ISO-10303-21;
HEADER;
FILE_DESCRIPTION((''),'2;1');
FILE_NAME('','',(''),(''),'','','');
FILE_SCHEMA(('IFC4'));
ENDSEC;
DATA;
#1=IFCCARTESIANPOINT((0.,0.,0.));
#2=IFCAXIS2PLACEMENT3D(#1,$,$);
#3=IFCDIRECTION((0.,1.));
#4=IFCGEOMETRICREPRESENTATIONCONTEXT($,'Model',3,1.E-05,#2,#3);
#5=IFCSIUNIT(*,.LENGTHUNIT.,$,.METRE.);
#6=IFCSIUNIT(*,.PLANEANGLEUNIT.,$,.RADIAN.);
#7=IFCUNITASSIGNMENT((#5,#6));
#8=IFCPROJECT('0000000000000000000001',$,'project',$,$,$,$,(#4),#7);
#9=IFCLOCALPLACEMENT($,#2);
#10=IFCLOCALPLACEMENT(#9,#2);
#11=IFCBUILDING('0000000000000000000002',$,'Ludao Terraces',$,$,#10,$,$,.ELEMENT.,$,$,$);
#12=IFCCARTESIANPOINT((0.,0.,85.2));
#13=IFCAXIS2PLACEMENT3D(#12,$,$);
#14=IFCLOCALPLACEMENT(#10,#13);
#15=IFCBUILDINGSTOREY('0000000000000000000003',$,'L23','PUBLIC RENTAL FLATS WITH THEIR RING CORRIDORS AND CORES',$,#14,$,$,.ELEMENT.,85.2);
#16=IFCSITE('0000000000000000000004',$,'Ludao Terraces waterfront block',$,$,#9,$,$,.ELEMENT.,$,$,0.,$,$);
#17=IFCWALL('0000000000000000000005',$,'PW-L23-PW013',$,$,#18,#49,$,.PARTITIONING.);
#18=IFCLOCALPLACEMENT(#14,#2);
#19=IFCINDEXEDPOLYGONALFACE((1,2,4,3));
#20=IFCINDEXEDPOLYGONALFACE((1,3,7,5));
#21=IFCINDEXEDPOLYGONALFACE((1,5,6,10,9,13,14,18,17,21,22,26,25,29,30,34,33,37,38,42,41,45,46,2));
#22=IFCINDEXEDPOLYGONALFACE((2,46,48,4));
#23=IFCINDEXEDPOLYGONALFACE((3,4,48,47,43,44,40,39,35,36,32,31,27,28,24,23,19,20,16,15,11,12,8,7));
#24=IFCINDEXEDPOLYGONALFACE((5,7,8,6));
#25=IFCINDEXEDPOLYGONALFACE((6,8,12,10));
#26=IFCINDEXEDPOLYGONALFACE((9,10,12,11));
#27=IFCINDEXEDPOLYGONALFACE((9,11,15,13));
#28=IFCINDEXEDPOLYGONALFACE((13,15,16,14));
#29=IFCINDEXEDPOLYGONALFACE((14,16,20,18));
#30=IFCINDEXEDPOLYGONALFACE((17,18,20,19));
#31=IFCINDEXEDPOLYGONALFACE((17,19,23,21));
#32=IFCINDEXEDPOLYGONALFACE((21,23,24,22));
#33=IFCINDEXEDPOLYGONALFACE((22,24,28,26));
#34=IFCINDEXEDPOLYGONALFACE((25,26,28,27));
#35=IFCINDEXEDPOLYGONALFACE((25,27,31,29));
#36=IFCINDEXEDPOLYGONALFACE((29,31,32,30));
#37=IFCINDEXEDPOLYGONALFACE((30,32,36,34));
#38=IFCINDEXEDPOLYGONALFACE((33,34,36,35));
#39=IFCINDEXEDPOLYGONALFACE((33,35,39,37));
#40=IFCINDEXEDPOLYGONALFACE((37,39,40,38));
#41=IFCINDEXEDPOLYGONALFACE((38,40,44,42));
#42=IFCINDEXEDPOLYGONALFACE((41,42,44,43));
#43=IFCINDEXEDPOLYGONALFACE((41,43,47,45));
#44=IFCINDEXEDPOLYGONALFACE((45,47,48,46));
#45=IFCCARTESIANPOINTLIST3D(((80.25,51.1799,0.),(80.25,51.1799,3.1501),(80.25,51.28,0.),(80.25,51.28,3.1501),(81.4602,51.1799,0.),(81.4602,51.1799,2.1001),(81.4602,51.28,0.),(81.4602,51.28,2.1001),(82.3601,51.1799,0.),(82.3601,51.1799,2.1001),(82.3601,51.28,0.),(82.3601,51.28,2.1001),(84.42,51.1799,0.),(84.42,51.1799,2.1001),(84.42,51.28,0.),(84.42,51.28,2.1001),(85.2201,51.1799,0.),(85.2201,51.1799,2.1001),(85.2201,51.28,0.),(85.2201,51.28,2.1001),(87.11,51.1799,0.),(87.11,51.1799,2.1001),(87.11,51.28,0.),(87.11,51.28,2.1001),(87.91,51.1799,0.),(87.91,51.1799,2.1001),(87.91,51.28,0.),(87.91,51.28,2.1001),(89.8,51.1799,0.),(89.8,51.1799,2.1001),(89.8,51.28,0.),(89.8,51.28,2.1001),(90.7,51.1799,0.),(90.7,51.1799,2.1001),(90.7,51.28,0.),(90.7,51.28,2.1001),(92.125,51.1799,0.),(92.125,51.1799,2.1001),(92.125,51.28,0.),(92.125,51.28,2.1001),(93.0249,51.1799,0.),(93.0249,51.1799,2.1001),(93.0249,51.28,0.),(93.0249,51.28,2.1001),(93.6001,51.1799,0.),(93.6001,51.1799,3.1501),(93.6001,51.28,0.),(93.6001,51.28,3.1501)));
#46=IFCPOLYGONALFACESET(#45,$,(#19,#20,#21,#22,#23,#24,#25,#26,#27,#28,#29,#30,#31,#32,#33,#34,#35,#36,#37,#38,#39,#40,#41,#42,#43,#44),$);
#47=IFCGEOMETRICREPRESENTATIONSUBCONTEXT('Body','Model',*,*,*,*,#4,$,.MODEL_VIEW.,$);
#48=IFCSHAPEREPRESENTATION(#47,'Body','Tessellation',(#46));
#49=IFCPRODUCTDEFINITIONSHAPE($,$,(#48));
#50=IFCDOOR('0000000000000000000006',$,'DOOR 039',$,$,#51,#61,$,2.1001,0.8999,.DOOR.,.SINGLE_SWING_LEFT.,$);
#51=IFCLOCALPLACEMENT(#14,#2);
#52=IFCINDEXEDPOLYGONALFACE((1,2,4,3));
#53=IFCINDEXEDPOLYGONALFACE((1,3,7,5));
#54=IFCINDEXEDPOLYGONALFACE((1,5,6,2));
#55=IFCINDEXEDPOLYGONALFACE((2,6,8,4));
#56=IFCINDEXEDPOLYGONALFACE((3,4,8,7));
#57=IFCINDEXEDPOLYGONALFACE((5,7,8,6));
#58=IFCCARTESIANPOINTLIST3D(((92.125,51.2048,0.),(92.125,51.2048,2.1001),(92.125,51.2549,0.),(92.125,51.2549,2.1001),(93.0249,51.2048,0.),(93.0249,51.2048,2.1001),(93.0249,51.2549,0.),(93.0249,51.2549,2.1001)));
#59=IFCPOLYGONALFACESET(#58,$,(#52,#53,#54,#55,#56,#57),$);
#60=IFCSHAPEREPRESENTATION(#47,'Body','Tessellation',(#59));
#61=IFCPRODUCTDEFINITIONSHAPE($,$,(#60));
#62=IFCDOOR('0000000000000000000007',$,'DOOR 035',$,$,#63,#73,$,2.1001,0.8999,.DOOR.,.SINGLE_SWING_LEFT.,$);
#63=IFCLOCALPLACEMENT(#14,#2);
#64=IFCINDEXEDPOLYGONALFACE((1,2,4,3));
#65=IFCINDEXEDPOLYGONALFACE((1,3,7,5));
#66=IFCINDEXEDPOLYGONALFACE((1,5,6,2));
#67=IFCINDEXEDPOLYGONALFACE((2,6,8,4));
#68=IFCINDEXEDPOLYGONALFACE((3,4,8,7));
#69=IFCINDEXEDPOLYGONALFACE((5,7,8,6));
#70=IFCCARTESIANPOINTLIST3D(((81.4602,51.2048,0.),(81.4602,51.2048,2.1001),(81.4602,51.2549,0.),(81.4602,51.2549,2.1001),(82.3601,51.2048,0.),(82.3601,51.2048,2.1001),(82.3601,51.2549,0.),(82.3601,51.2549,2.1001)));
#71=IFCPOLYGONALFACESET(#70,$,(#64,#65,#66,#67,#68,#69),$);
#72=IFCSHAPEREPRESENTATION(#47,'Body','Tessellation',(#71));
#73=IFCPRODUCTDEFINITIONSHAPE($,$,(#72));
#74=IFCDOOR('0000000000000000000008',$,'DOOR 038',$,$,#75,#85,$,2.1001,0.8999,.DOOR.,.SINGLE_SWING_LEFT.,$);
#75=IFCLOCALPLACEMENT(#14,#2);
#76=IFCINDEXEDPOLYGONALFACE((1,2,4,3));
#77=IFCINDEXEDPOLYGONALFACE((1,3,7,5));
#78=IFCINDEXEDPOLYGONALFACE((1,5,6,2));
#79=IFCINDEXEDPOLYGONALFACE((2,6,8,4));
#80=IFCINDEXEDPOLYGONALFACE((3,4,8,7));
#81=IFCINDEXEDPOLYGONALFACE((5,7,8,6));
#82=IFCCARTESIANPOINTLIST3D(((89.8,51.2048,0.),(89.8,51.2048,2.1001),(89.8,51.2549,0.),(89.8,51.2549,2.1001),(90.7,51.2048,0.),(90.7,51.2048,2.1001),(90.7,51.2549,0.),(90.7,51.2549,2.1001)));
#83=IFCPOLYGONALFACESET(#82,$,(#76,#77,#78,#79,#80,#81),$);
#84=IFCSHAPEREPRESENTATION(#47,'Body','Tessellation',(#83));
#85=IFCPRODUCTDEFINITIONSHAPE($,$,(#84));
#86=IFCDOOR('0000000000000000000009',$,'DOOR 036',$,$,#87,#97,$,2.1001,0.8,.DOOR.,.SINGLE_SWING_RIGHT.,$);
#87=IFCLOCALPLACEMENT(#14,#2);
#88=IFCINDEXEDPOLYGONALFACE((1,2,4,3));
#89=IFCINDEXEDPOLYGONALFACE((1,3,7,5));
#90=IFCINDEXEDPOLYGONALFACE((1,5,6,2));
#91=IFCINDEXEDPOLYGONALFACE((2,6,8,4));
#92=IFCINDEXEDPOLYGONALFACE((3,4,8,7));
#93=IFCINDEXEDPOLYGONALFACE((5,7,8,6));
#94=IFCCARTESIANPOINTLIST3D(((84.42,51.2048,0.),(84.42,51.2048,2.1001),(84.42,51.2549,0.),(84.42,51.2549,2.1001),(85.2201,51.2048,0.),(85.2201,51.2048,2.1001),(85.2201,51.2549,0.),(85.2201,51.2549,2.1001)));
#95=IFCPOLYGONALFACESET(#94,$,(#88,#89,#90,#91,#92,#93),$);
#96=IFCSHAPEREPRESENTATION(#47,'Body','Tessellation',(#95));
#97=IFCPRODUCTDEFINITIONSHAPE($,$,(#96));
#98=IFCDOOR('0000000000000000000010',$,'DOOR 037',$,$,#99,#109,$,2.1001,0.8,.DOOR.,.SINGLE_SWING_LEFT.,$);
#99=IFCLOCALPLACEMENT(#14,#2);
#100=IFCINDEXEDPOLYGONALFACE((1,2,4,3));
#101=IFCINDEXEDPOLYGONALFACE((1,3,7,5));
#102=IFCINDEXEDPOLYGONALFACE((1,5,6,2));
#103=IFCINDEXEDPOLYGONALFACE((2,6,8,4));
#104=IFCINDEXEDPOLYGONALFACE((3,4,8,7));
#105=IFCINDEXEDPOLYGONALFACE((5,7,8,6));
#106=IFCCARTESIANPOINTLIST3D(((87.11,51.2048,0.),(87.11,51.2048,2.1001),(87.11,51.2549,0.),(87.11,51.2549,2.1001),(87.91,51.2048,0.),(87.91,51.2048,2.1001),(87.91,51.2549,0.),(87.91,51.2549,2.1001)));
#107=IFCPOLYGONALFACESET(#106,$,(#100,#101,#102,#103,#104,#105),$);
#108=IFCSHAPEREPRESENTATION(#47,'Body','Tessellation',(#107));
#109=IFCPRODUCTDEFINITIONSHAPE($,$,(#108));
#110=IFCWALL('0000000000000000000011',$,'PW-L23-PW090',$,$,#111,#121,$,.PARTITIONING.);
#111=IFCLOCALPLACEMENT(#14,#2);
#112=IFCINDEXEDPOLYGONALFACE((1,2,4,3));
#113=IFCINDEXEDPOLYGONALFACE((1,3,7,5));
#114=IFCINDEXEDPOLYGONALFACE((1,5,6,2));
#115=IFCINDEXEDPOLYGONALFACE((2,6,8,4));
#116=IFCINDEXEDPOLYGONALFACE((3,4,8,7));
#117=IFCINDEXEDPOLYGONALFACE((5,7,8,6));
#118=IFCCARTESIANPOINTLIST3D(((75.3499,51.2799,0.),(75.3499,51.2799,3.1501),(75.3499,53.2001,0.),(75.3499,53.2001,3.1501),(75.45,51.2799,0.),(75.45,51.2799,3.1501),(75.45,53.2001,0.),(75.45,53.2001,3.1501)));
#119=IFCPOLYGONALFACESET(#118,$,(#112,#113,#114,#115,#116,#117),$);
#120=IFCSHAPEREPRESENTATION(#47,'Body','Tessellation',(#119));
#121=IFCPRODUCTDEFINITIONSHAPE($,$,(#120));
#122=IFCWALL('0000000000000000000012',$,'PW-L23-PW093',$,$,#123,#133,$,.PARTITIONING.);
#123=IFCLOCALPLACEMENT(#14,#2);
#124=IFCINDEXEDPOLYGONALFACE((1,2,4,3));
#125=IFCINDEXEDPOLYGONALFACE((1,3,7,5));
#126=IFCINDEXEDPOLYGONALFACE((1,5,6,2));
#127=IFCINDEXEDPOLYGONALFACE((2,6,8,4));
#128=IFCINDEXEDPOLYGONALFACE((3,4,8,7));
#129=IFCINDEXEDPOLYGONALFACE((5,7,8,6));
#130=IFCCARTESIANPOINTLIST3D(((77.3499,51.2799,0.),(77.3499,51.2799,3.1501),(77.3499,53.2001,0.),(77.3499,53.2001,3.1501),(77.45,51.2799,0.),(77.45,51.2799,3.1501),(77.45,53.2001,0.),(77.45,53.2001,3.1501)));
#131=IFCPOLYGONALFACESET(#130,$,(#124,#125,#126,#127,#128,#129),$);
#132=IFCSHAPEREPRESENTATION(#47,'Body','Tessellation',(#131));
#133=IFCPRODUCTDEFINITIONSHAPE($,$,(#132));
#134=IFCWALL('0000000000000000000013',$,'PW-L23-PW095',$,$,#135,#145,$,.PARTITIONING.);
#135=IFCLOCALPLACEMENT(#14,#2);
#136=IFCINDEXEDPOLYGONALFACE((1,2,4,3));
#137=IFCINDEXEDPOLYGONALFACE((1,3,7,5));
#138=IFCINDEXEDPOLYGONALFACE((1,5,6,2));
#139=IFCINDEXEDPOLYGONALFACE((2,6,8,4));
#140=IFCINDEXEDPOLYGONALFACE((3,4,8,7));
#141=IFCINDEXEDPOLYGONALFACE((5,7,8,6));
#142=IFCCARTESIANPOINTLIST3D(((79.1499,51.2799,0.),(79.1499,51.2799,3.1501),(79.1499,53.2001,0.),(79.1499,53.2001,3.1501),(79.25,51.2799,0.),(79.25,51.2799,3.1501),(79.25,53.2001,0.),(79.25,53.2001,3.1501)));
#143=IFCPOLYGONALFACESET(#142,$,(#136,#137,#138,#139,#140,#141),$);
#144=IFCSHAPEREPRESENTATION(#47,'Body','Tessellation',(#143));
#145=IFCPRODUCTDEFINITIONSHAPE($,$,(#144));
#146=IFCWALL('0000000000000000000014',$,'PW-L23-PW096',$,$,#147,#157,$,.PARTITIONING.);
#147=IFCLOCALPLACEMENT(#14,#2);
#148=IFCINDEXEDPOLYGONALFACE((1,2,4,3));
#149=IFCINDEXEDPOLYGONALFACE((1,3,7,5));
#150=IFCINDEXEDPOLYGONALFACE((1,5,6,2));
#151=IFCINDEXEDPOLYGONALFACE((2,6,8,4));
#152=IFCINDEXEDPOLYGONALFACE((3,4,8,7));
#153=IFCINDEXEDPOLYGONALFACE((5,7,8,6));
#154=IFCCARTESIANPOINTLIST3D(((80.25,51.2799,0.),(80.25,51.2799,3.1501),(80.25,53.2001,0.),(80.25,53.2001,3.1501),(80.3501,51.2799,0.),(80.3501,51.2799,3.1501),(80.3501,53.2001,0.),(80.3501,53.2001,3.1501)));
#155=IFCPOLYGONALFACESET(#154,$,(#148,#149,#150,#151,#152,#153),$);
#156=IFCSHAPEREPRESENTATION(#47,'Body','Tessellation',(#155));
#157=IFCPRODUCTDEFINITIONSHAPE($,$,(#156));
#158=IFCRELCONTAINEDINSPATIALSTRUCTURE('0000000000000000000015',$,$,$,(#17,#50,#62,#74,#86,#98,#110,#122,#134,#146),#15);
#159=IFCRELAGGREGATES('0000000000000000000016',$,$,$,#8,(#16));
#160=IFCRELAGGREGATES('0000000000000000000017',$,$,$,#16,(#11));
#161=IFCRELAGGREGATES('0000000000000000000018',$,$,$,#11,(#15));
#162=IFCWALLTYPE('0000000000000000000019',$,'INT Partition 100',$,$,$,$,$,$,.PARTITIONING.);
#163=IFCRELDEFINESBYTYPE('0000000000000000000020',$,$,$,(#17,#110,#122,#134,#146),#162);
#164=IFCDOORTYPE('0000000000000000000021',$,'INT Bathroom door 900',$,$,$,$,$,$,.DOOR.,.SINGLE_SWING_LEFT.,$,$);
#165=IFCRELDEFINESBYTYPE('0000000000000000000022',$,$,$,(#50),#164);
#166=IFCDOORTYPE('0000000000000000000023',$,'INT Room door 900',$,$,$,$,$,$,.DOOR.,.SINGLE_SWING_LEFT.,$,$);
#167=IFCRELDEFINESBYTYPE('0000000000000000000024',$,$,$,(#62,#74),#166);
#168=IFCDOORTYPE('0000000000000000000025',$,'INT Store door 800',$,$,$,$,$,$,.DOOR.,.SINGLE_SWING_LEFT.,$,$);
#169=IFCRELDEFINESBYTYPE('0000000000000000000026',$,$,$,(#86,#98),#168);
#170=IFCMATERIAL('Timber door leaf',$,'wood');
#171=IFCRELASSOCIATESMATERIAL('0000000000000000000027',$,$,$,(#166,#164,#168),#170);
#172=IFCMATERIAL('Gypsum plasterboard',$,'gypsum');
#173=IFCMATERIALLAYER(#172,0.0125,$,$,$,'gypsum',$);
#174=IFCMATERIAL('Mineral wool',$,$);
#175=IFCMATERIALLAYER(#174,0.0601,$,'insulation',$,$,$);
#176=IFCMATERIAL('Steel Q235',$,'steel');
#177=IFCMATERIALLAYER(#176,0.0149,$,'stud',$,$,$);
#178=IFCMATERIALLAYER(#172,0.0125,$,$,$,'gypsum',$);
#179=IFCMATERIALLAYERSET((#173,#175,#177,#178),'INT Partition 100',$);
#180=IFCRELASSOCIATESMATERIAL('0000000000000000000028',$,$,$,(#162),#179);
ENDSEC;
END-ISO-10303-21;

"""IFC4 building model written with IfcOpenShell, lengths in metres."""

from ifc_helpers import new_model, si_unit, direction, frame, frame_2d, origin, place, context, subcontext, project, spatial, rectangle, extrude, material, layer, layer_set, type_object, element, fill, save


model = new_model("IFC4")

# Units and contexts
model_context = context("Model", 3, precision=1e-05, world=origin(), true_north=direction((0.0, 1.0)))
body_context = subcontext(model_context, "Body", "Model", "MODEL_VIEW")
ifc_project = project(units=[si_unit("LENGTHUNIT", "METRE"), si_unit("PLANEANGLEUNIT", "RADIAN")], contexts=[model_context])

# Site, building, storey
site_placement = place(None, origin())
site = spatial("IfcSite", under=ifc_project, at=site_placement, Name="Ludao Terraces waterfront block", CompositionType="ELEMENT", RefElevation=0.0)
building_placement = place(site_placement, origin())
building = spatial("IfcBuilding", under=site, at=building_placement, Name="Ludao Terraces", CompositionType="ELEMENT")
storey_placement = place(building_placement, frame((0.0, 0.0, 85.2)))
storey = spatial("IfcBuildingStorey", under=building, at=storey_placement, Name="L23", Description="PUBLIC RENTAL FLATS WITH THEIR RING CORRIDORS AND CORES", CompositionType="ELEMENT", Elevation=85.2)

# Shared definitions
ifc_material_1 = material(Name="Steel Q235", Category="steel")
ifc_material_2 = material(Name="Timber door leaf", Category="wood")
door_type_1 = type_object("IfcDoorType", Name="INT Room door 900", OperationType="SINGLE_SWING_LEFT", PredefinedType="DOOR", material=ifc_material_2)

# Wall, openings, doors
ifc_material_3 = material(Name="Gypsum plasterboard", Category="gypsum")
ifc_layer_1 = layer(ifc_material_3, 0.0125, Category="gypsum")
ifc_material_4 = material(Name="Mineral wool")
ifc_layer_2 = layer(ifc_material_4, 0.0601, Name="insulation")
ifc_layer_3 = layer(ifc_material_1, 0.0149, Name="stud")
ifc_layer_4 = layer(ifc_material_3, 0.0125, Category="gypsum")
ifc_layer_set_1 = layer_set([ifc_layer_1, ifc_layer_2, ifc_layer_3, ifc_layer_4], Name="INT Partition 100")
wall_type_1 = type_object("IfcWallType", Name="INT Partition 100", PredefinedType="PARTITIONING", material=ifc_layer_set_1)
wall_1_placement = place(storey_placement, frame((80.25, 51.23, 0.0), z_axis=(0.0, 0.0, 1.0), x_axis=(1.0, 0.0, 0.0)))
wall_1 = element("IfcWall", 1, at=wall_1_placement, inside=storey, type_object=wall_type_1, Name="PW-L23-PW013", PredefinedType="PARTITIONING", context=body_context, shape_type="SweptSolid", body=[
    extrude(rectangle(XDim=13.3501, YDim=0.1001, at=frame_2d((6.675, 0.0))), origin(), (0.0, 0.0, 1.0), 3.1501),
])
opening_1_placement = place(wall_1_placement, frame((1.2102, 0.0, 0.0)))
opening_1 = element("IfcOpeningElement", 2, at=opening_1_placement, cuts=wall_1, PredefinedType="OPENING", context=body_context, shape_type="SweptSolid", body=[
    extrude(rectangle(XDim=0.8999, YDim=2.1001, at=frame_2d((0.45, 1.05))), frame((0.0, 0.0601, 0.0), z_axis=(0.0, -1.0, 0.0), x_axis=(1.0, 0.0, 0.0)), (0.0, 0.0, 1.0), 0.1201),
])
opening_2_placement = place(wall_1_placement, frame((4.1702, 0.0, 0.0)))
opening_2 = element("IfcOpeningElement", 3, at=opening_2_placement, cuts=wall_1, PredefinedType="OPENING", context=body_context, shape_type="SweptSolid", body=[
    extrude(rectangle(XDim=0.8, YDim=2.1001, at=frame_2d((0.3999, 1.05))), frame((0.0, 0.0601, 0.0), z_axis=(0.0, -1.0, 0.0), x_axis=(1.0, 0.0, 0.0)), (0.0, 0.0, 1.0), 0.1201),
])
opening_3_placement = place(wall_1_placement, frame((6.8601, 0.0, 0.0)))
opening_3 = element("IfcOpeningElement", 4, at=opening_3_placement, cuts=wall_1, PredefinedType="OPENING", context=body_context, shape_type="SweptSolid", body=[
    extrude(rectangle(XDim=0.8, YDim=2.1001, at=frame_2d((0.3999, 1.05))), frame((0.0, 0.0601, 0.0), z_axis=(0.0, -1.0, 0.0), x_axis=(1.0, 0.0, 0.0)), (0.0, 0.0, 1.0), 0.1201),
])
opening_4_placement = place(wall_1_placement, frame((9.55, 0.0, 0.0)))
opening_4 = element("IfcOpeningElement", 5, at=opening_4_placement, cuts=wall_1, PredefinedType="OPENING", context=body_context, shape_type="SweptSolid", body=[
    extrude(rectangle(XDim=0.8999, YDim=2.1001, at=frame_2d((0.45, 1.05))), frame((0.0, 0.0601, 0.0), z_axis=(0.0, -1.0, 0.0), x_axis=(1.0, 0.0, 0.0)), (0.0, 0.0, 1.0), 0.1201),
])
opening_5_placement = place(wall_1_placement, frame((11.875, 0.0, 0.0)))
opening_5 = element("IfcOpeningElement", 6, at=opening_5_placement, cuts=wall_1, PredefinedType="OPENING", context=body_context, shape_type="SweptSolid", body=[
    extrude(rectangle(XDim=0.8999, YDim=2.1001, at=frame_2d((0.45, 1.05))), frame((0.0, 0.0601, 0.0), z_axis=(0.0, -1.0, 0.0), x_axis=(1.0, 0.0, 0.0)), (0.0, 0.0, 1.0), 0.1201),
])
door_type_2 = type_object("IfcDoorType", Name="INT Bathroom door 900", OperationType="SINGLE_SWING_LEFT", PredefinedType="DOOR", material=ifc_material_2)
door_1_placement = place(opening_5_placement, origin())
door_1 = element("IfcDoor", 7, at=door_1_placement, inside=storey, type_object=door_type_2, Name="DOOR 039", OperationType="SINGLE_SWING_LEFT", OverallHeight=2.1001, OverallWidth=0.8999, PredefinedType="DOOR", context=body_context, shape_type="SweptSolid", body=[
    extrude(rectangle(XDim=0.8999, YDim=2.1001, at=frame_2d((0.45, 1.05))), frame((0.0, 0.0249, 0.0), z_axis=(0.0, -1.0, 0.0), x_axis=(1.0, 0.0, 0.0)), (0.0, 0.0, 1.0), 0.05),
])
fill(opening_5, door_1)
door_2_placement = place(opening_1_placement, origin())
door_2 = element("IfcDoor", 8, at=door_2_placement, inside=storey, type_object=door_type_1, Name="DOOR 035", OperationType="SINGLE_SWING_LEFT", OverallHeight=2.1001, OverallWidth=0.8999, PredefinedType="DOOR", context=body_context, shape_type="SweptSolid", body=[
    extrude(rectangle(XDim=0.8999, YDim=2.1001, at=frame_2d((0.45, 1.05))), frame((0.0, 0.0249, 0.0), z_axis=(0.0, -1.0, 0.0), x_axis=(1.0, 0.0, 0.0)), (0.0, 0.0, 1.0), 0.05),
])
fill(opening_1, door_2)
door_3_placement = place(opening_4_placement, origin())
door_3 = element("IfcDoor", 9, at=door_3_placement, inside=storey, type_object=door_type_1, Name="DOOR 038", OperationType="SINGLE_SWING_LEFT", OverallHeight=2.1001, OverallWidth=0.8999, PredefinedType="DOOR", context=body_context, shape_type="SweptSolid", body=[
    extrude(rectangle(XDim=0.8999, YDim=2.1001, at=frame_2d((0.45, 1.05))), frame((0.0, 0.0249, 0.0), z_axis=(0.0, -1.0, 0.0), x_axis=(1.0, 0.0, 0.0)), (0.0, 0.0, 1.0), 0.05),
])
fill(opening_4, door_3)
door_type_3 = type_object("IfcDoorType", Name="INT Store door 800", OperationType="SINGLE_SWING_LEFT", PredefinedType="DOOR", material=ifc_material_2)
door_4_placement = place(opening_2_placement, origin())
door_4 = element("IfcDoor", 10, at=door_4_placement, inside=storey, type_object=door_type_3, Name="DOOR 036", OperationType="SINGLE_SWING_RIGHT", OverallHeight=2.1001, OverallWidth=0.8, PredefinedType="DOOR", context=body_context, shape_type="SweptSolid", body=[
    extrude(rectangle(XDim=0.8, YDim=2.1001, at=frame_2d((0.3999, 1.05))), frame((0.0, 0.0249, 0.0), z_axis=(0.0, -1.0, 0.0), x_axis=(1.0, 0.0, 0.0)), (0.0, 0.0, 1.0), 0.05),
])
fill(opening_2, door_4)
door_5_placement = place(opening_3_placement, origin())
door_5 = element("IfcDoor", 11, at=door_5_placement, inside=storey, type_object=door_type_3, Name="DOOR 037", OperationType="SINGLE_SWING_LEFT", OverallHeight=2.1001, OverallWidth=0.8, PredefinedType="DOOR", context=body_context, shape_type="SweptSolid", body=[
    extrude(rectangle(XDim=0.8, YDim=2.1001, at=frame_2d((0.3999, 1.05))), frame((0.0, 0.0249, 0.0), z_axis=(0.0, -1.0, 0.0), x_axis=(1.0, 0.0, 0.0)), (0.0, 0.0, 1.0), 0.05),
])
fill(opening_3, door_5)

# Walls
for number, where, z_axis, x_axis, name in (
    (12, (75.3999, 51.28, 0.0), (0.0, 0.0, 1.0), (0.0, 1.0, 0.0), "PW-L23-PW090"),
    (13, (77.3999, 51.28, 0.0), (0.0, 0.0, 1.0), (0.0, 1.0, 0.0), "PW-L23-PW093"),
    (14, (79.2, 51.28, 0.0), (0.0, 0.0, 1.0), (0.0, 1.0, 0.0), "PW-L23-PW095"),
    (15, (80.3, 51.28, 0.0), (0.0, 0.0, 1.0), (0.0, 1.0, 0.0), "PW-L23-PW096"),
):
    element("IfcWall", number, at=place(storey_placement, frame(where, z_axis=z_axis, x_axis=x_axis)), inside=storey, type_object=wall_type_1, Name=name, PredefinedType="PARTITIONING", context=body_context, shape_type="SweptSolid", body=[
        extrude(rectangle(XDim=1.9202, YDim=0.1001, at=frame_2d((0.96, 0.0))), origin(), (0.0, 0.0, 1.0), 3.1501),
    ])

save(model, "model.ifc")
